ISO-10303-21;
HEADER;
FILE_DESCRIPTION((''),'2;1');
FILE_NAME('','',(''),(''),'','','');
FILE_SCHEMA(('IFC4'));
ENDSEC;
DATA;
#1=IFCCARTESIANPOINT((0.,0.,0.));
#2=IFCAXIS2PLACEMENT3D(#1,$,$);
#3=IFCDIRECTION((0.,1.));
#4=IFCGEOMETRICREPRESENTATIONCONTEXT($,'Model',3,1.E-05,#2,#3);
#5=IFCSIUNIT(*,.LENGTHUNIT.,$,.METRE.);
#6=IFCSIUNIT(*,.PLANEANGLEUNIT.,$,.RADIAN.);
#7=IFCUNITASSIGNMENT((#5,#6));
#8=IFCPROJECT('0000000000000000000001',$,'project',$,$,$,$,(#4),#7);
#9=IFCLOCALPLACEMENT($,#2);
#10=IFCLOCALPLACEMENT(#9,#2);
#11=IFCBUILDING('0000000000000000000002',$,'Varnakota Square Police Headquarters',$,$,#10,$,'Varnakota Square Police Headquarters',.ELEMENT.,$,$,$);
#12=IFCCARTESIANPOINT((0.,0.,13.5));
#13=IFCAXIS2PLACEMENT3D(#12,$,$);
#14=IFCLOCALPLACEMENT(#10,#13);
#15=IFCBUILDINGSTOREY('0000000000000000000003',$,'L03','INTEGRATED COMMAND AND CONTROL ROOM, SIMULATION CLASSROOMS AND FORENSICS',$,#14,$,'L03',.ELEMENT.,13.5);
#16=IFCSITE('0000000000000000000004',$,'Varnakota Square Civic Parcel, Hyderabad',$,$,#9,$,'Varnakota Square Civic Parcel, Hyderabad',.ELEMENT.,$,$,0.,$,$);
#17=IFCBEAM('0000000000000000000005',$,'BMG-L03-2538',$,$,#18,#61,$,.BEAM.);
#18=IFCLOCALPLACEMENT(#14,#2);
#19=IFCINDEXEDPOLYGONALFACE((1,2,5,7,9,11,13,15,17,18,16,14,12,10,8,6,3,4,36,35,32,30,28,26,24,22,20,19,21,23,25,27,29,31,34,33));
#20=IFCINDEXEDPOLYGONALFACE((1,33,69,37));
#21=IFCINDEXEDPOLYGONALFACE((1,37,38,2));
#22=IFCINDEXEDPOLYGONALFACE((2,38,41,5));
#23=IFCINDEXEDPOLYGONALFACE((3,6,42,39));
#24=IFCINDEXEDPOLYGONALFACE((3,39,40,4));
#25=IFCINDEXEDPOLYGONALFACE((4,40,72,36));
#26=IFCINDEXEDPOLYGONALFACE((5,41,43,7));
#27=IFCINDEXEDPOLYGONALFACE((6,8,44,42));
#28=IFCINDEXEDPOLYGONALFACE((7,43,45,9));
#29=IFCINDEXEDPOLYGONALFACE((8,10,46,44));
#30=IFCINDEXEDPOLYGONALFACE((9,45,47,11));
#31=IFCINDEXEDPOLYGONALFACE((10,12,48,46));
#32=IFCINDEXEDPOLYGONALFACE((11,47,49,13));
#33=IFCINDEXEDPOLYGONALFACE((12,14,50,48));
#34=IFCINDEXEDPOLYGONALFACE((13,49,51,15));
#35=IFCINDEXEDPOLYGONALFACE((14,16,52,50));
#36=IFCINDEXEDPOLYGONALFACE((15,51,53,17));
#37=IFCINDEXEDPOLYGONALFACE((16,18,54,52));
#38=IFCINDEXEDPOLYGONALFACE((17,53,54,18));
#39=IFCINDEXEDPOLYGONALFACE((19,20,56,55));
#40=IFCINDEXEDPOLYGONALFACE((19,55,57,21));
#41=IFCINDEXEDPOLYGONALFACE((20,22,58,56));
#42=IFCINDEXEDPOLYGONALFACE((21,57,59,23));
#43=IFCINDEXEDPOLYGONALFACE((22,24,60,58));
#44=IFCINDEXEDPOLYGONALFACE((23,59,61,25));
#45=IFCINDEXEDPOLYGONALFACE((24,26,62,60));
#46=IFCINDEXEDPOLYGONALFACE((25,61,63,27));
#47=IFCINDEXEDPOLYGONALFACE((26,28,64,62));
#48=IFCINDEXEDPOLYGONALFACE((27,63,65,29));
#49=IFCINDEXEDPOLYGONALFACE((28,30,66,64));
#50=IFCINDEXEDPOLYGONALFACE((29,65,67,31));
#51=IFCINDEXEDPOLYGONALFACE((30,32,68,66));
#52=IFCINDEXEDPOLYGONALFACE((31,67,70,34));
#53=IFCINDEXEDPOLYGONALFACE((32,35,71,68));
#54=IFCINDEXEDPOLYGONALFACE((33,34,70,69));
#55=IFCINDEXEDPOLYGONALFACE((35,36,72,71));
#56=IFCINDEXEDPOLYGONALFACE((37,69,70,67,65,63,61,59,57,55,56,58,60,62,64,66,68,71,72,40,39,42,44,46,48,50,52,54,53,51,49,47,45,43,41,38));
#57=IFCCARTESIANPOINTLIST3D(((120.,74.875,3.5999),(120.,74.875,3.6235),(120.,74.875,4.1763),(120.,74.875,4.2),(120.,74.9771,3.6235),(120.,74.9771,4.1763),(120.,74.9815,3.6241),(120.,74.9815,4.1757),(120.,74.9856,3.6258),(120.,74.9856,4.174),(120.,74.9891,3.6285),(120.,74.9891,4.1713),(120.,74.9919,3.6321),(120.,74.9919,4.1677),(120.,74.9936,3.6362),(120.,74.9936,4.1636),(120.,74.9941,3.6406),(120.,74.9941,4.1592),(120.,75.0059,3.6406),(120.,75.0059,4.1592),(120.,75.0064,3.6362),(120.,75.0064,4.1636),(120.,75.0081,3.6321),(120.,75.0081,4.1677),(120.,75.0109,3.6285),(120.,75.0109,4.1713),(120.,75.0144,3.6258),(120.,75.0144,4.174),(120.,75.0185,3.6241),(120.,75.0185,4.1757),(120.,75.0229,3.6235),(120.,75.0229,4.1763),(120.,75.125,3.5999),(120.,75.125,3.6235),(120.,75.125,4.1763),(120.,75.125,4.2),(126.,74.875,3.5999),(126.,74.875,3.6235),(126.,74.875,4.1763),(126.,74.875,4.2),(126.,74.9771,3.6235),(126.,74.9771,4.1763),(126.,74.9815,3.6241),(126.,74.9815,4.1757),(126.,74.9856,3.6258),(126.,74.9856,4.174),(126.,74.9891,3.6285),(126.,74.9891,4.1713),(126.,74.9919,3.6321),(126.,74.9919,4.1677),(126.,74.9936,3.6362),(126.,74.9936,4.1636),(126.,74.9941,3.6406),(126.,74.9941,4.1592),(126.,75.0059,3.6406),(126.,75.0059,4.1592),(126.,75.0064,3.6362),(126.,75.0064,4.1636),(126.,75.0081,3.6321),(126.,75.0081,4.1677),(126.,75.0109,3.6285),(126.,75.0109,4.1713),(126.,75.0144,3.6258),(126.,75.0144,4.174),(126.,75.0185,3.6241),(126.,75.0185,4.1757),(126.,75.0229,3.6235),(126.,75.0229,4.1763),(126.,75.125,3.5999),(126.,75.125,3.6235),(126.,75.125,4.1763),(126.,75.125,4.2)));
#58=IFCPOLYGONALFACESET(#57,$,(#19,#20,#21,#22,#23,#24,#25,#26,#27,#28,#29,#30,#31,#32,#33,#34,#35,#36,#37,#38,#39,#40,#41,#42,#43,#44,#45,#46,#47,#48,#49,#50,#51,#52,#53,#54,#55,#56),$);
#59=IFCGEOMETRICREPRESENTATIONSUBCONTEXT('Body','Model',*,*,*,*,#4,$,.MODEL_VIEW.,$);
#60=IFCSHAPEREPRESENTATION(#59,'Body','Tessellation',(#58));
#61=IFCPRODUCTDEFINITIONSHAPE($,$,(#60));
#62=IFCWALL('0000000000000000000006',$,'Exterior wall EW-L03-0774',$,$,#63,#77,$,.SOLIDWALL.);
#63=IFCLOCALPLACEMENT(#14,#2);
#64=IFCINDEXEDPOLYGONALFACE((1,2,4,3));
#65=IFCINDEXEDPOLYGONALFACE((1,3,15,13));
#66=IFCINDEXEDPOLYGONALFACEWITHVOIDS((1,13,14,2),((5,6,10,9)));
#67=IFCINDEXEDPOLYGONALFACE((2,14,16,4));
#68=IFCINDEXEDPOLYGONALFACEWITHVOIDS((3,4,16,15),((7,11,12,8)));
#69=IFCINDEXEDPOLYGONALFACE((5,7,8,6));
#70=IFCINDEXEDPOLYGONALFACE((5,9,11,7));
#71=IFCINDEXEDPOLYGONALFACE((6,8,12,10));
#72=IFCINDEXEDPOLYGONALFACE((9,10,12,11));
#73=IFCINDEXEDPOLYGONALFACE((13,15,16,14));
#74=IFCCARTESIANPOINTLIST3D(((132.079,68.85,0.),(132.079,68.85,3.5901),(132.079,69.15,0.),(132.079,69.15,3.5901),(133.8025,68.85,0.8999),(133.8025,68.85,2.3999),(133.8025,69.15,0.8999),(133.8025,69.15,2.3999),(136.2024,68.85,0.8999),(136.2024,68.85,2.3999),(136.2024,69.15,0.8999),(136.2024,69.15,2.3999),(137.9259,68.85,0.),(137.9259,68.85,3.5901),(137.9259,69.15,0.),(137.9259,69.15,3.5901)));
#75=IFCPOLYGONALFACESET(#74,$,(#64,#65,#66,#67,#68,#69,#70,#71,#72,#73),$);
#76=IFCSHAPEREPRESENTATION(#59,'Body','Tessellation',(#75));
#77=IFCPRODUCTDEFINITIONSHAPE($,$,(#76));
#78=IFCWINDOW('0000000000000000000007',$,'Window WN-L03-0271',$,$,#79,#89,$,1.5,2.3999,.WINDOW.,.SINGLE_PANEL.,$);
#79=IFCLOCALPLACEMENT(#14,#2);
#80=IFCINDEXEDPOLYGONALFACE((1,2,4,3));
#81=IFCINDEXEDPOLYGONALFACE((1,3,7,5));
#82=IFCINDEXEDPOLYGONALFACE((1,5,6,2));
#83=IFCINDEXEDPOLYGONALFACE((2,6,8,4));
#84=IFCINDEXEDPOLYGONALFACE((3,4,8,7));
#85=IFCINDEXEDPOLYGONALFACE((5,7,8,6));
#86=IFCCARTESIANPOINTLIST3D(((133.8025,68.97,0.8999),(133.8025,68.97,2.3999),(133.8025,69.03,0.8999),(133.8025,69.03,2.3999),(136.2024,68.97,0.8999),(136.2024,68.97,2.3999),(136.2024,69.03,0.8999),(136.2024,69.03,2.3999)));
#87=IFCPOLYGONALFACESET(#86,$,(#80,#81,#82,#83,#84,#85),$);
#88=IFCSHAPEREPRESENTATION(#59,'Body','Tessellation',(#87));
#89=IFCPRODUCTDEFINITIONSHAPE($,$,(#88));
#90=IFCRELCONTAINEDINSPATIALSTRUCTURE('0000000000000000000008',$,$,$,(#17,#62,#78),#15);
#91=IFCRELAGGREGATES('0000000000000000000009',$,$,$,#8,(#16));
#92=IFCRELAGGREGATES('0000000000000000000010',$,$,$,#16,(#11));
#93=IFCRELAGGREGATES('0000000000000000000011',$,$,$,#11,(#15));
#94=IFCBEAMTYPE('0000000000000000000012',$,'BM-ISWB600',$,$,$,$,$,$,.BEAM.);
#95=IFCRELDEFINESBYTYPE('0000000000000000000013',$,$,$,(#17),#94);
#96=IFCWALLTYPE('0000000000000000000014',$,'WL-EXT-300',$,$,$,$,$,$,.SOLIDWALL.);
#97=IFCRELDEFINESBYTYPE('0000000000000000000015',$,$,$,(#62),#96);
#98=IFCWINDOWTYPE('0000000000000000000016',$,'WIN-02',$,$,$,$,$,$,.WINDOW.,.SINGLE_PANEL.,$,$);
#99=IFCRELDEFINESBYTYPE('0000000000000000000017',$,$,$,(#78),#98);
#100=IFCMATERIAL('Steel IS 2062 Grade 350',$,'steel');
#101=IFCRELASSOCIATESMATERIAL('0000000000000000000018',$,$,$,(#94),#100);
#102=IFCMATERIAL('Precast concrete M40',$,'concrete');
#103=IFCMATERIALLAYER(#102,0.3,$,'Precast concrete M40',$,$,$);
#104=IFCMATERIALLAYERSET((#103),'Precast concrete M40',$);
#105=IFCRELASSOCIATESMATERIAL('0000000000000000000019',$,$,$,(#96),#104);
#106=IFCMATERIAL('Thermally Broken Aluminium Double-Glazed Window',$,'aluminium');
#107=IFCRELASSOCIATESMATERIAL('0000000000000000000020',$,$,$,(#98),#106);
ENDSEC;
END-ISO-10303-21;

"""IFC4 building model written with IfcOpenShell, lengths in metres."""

from ifc_helpers import new_model, si_unit, direction, frame, frame_2d, origin, origin_2d, place, context, subcontext, project, spatial, rectangle, i_section, extrude, material, layer, layer_set, material_profile, profile_set, type_object, element, fill, save


model = new_model("IFC4")

# Units and contexts
model_context = context("Model", 3, precision=1e-05, world=origin(), true_north=direction((0.0, 1.0)))
body_context = subcontext(model_context, "Body", "Model", "MODEL_VIEW")
ifc_project = project(units=[si_unit("LENGTHUNIT", "METRE"), si_unit("PLANEANGLEUNIT", "RADIAN")], contexts=[model_context])

# Site, building, storey
site_placement = place(None, origin())
site = spatial("IfcSite", under=ifc_project, at=site_placement, Name="Varnakota Square Civic Parcel, Hyderabad", LongName="Varnakota Square Civic Parcel, Hyderabad", CompositionType="ELEMENT", RefElevation=0.0)
building_placement = place(site_placement, origin())
building = spatial("IfcBuilding", under=site, at=building_placement, Name="Varnakota Square Police Headquarters", LongName="Varnakota Square Police Headquarters", CompositionType="ELEMENT")
storey_placement = place(building_placement, frame((0.0, 0.0, 13.5)))
storey = spatial("IfcBuildingStorey", under=building, at=storey_placement, Name="L03", Description="INTEGRATED COMMAND AND CONTROL ROOM, SIMULATION CLASSROOMS AND FORENSICS", LongName="L03", CompositionType="ELEMENT", Elevation=13.5)

# Shared definitions
ifc_material_1 = material(Name="Steel IS 2062 Grade 350", Category="steel")

# Beam
ifc_material_profile_1 = material_profile(ifc_material_1, i_section(OverallWidth=0.25, OverallDepth=0.6001, WebThickness=0.0117, FlangeThickness=0.0237, FilletRadius=0.0171, at=origin_2d()), Name="ISWB 600")
ifc_profile_set_1 = profile_set([ifc_material_profile_1], Name="Steel IS 2062 Grade 350")
beam_type_1 = type_object("IfcBeamType", Name="BM-ISWB600", PredefinedType="BEAM", material=ifc_profile_set_1)
beam_1_placement = place(storey_placement, frame((120.0, 75.0, 3.8999), z_axis=(1.0, 0.0, 0.0), x_axis=(0.0, 1.0, 0.0)))
element("IfcBeam", 1, at=beam_1_placement, inside=storey, type_object=beam_type_1, Name="BMG-L03-2538", PredefinedType="BEAM", context=body_context, shape_type="SweptSolid", body=[
    extrude(i_section(OverallWidth=0.25, OverallDepth=0.6001, WebThickness=0.0117, FlangeThickness=0.0237, FilletRadius=0.0171, at=origin_2d()), origin(), (0.0, 0.0, 1.0), 6.0),
])

# Wall, opening, window
ifc_material_2 = material(Name="Precast concrete M40", Category="concrete")
ifc_layer = layer(ifc_material_2, 0.3, Name="Precast concrete M40")
ifc_layer_set = layer_set([ifc_layer], Name="Precast concrete M40")
wall_type = type_object("IfcWallType", Name="WL-EXT-300", PredefinedType="SOLIDWALL", material=ifc_layer_set)
wall_placement = place(storey_placement, frame((132.0791, 69.0, 0.0), z_axis=(0.0, 0.0, 1.0), x_axis=(1.0, 0.0, 0.0)))
wall = element("IfcWall", 2, at=wall_placement, inside=storey, type_object=wall_type, Name="Exterior wall EW-L03-0774", PredefinedType="SOLIDWALL", context=body_context, shape_type="SweptSolid", body=[
    extrude(rectangle(XDim=5.8469, YDim=0.3, at=frame_2d((2.9233, 0.0))), origin(), (0.0, 0.0, 1.0), 3.5901),
])
opening_placement = place(wall_placement, frame((1.7234, 0.0, 0.8999)))
opening = element("IfcOpeningElement", 3, at=opening_placement, cuts=wall, PredefinedType="OPENING", context=body_context, shape_type="SweptSolid", body=[
    extrude(rectangle(XDim=2.3999, YDim=1.5, at=frame_2d((1.2, 0.75))), frame((0.0, 0.1599, 0.0), z_axis=(0.0, -1.0, 0.0), x_axis=(1.0, 0.0, 0.0)), (0.0, 0.0, 1.0), 0.3201),
])
ifc_material_3 = material(Name="Thermally Broken Aluminium Double-Glazed Window", Category="aluminium")
window_type = type_object("IfcWindowType", Name="WIN-02", PartitioningType="SINGLE_PANEL", PredefinedType="WINDOW", material=ifc_material_3)
window_placement = place(opening_placement, origin())
window = element("IfcWindow", 4, at=window_placement, inside=storey, type_object=window_type, Name="Window WN-L03-0271", OverallHeight=1.5, OverallWidth=2.3999, PartitioningType="SINGLE_PANEL", PredefinedType="WINDOW", context=body_context, shape_type="SweptSolid", body=[
    extrude(rectangle(XDim=2.3999, YDim=1.5, at=frame_2d((1.2, 0.75))), frame((0.0, 0.03, 0.0), z_axis=(0.0, -1.0, 0.0), x_axis=(1.0, 0.0, 0.0)), (0.0, 0.0, 1.0), 0.0601),
])
fill(opening, window)

save(model, "model.ifc")
